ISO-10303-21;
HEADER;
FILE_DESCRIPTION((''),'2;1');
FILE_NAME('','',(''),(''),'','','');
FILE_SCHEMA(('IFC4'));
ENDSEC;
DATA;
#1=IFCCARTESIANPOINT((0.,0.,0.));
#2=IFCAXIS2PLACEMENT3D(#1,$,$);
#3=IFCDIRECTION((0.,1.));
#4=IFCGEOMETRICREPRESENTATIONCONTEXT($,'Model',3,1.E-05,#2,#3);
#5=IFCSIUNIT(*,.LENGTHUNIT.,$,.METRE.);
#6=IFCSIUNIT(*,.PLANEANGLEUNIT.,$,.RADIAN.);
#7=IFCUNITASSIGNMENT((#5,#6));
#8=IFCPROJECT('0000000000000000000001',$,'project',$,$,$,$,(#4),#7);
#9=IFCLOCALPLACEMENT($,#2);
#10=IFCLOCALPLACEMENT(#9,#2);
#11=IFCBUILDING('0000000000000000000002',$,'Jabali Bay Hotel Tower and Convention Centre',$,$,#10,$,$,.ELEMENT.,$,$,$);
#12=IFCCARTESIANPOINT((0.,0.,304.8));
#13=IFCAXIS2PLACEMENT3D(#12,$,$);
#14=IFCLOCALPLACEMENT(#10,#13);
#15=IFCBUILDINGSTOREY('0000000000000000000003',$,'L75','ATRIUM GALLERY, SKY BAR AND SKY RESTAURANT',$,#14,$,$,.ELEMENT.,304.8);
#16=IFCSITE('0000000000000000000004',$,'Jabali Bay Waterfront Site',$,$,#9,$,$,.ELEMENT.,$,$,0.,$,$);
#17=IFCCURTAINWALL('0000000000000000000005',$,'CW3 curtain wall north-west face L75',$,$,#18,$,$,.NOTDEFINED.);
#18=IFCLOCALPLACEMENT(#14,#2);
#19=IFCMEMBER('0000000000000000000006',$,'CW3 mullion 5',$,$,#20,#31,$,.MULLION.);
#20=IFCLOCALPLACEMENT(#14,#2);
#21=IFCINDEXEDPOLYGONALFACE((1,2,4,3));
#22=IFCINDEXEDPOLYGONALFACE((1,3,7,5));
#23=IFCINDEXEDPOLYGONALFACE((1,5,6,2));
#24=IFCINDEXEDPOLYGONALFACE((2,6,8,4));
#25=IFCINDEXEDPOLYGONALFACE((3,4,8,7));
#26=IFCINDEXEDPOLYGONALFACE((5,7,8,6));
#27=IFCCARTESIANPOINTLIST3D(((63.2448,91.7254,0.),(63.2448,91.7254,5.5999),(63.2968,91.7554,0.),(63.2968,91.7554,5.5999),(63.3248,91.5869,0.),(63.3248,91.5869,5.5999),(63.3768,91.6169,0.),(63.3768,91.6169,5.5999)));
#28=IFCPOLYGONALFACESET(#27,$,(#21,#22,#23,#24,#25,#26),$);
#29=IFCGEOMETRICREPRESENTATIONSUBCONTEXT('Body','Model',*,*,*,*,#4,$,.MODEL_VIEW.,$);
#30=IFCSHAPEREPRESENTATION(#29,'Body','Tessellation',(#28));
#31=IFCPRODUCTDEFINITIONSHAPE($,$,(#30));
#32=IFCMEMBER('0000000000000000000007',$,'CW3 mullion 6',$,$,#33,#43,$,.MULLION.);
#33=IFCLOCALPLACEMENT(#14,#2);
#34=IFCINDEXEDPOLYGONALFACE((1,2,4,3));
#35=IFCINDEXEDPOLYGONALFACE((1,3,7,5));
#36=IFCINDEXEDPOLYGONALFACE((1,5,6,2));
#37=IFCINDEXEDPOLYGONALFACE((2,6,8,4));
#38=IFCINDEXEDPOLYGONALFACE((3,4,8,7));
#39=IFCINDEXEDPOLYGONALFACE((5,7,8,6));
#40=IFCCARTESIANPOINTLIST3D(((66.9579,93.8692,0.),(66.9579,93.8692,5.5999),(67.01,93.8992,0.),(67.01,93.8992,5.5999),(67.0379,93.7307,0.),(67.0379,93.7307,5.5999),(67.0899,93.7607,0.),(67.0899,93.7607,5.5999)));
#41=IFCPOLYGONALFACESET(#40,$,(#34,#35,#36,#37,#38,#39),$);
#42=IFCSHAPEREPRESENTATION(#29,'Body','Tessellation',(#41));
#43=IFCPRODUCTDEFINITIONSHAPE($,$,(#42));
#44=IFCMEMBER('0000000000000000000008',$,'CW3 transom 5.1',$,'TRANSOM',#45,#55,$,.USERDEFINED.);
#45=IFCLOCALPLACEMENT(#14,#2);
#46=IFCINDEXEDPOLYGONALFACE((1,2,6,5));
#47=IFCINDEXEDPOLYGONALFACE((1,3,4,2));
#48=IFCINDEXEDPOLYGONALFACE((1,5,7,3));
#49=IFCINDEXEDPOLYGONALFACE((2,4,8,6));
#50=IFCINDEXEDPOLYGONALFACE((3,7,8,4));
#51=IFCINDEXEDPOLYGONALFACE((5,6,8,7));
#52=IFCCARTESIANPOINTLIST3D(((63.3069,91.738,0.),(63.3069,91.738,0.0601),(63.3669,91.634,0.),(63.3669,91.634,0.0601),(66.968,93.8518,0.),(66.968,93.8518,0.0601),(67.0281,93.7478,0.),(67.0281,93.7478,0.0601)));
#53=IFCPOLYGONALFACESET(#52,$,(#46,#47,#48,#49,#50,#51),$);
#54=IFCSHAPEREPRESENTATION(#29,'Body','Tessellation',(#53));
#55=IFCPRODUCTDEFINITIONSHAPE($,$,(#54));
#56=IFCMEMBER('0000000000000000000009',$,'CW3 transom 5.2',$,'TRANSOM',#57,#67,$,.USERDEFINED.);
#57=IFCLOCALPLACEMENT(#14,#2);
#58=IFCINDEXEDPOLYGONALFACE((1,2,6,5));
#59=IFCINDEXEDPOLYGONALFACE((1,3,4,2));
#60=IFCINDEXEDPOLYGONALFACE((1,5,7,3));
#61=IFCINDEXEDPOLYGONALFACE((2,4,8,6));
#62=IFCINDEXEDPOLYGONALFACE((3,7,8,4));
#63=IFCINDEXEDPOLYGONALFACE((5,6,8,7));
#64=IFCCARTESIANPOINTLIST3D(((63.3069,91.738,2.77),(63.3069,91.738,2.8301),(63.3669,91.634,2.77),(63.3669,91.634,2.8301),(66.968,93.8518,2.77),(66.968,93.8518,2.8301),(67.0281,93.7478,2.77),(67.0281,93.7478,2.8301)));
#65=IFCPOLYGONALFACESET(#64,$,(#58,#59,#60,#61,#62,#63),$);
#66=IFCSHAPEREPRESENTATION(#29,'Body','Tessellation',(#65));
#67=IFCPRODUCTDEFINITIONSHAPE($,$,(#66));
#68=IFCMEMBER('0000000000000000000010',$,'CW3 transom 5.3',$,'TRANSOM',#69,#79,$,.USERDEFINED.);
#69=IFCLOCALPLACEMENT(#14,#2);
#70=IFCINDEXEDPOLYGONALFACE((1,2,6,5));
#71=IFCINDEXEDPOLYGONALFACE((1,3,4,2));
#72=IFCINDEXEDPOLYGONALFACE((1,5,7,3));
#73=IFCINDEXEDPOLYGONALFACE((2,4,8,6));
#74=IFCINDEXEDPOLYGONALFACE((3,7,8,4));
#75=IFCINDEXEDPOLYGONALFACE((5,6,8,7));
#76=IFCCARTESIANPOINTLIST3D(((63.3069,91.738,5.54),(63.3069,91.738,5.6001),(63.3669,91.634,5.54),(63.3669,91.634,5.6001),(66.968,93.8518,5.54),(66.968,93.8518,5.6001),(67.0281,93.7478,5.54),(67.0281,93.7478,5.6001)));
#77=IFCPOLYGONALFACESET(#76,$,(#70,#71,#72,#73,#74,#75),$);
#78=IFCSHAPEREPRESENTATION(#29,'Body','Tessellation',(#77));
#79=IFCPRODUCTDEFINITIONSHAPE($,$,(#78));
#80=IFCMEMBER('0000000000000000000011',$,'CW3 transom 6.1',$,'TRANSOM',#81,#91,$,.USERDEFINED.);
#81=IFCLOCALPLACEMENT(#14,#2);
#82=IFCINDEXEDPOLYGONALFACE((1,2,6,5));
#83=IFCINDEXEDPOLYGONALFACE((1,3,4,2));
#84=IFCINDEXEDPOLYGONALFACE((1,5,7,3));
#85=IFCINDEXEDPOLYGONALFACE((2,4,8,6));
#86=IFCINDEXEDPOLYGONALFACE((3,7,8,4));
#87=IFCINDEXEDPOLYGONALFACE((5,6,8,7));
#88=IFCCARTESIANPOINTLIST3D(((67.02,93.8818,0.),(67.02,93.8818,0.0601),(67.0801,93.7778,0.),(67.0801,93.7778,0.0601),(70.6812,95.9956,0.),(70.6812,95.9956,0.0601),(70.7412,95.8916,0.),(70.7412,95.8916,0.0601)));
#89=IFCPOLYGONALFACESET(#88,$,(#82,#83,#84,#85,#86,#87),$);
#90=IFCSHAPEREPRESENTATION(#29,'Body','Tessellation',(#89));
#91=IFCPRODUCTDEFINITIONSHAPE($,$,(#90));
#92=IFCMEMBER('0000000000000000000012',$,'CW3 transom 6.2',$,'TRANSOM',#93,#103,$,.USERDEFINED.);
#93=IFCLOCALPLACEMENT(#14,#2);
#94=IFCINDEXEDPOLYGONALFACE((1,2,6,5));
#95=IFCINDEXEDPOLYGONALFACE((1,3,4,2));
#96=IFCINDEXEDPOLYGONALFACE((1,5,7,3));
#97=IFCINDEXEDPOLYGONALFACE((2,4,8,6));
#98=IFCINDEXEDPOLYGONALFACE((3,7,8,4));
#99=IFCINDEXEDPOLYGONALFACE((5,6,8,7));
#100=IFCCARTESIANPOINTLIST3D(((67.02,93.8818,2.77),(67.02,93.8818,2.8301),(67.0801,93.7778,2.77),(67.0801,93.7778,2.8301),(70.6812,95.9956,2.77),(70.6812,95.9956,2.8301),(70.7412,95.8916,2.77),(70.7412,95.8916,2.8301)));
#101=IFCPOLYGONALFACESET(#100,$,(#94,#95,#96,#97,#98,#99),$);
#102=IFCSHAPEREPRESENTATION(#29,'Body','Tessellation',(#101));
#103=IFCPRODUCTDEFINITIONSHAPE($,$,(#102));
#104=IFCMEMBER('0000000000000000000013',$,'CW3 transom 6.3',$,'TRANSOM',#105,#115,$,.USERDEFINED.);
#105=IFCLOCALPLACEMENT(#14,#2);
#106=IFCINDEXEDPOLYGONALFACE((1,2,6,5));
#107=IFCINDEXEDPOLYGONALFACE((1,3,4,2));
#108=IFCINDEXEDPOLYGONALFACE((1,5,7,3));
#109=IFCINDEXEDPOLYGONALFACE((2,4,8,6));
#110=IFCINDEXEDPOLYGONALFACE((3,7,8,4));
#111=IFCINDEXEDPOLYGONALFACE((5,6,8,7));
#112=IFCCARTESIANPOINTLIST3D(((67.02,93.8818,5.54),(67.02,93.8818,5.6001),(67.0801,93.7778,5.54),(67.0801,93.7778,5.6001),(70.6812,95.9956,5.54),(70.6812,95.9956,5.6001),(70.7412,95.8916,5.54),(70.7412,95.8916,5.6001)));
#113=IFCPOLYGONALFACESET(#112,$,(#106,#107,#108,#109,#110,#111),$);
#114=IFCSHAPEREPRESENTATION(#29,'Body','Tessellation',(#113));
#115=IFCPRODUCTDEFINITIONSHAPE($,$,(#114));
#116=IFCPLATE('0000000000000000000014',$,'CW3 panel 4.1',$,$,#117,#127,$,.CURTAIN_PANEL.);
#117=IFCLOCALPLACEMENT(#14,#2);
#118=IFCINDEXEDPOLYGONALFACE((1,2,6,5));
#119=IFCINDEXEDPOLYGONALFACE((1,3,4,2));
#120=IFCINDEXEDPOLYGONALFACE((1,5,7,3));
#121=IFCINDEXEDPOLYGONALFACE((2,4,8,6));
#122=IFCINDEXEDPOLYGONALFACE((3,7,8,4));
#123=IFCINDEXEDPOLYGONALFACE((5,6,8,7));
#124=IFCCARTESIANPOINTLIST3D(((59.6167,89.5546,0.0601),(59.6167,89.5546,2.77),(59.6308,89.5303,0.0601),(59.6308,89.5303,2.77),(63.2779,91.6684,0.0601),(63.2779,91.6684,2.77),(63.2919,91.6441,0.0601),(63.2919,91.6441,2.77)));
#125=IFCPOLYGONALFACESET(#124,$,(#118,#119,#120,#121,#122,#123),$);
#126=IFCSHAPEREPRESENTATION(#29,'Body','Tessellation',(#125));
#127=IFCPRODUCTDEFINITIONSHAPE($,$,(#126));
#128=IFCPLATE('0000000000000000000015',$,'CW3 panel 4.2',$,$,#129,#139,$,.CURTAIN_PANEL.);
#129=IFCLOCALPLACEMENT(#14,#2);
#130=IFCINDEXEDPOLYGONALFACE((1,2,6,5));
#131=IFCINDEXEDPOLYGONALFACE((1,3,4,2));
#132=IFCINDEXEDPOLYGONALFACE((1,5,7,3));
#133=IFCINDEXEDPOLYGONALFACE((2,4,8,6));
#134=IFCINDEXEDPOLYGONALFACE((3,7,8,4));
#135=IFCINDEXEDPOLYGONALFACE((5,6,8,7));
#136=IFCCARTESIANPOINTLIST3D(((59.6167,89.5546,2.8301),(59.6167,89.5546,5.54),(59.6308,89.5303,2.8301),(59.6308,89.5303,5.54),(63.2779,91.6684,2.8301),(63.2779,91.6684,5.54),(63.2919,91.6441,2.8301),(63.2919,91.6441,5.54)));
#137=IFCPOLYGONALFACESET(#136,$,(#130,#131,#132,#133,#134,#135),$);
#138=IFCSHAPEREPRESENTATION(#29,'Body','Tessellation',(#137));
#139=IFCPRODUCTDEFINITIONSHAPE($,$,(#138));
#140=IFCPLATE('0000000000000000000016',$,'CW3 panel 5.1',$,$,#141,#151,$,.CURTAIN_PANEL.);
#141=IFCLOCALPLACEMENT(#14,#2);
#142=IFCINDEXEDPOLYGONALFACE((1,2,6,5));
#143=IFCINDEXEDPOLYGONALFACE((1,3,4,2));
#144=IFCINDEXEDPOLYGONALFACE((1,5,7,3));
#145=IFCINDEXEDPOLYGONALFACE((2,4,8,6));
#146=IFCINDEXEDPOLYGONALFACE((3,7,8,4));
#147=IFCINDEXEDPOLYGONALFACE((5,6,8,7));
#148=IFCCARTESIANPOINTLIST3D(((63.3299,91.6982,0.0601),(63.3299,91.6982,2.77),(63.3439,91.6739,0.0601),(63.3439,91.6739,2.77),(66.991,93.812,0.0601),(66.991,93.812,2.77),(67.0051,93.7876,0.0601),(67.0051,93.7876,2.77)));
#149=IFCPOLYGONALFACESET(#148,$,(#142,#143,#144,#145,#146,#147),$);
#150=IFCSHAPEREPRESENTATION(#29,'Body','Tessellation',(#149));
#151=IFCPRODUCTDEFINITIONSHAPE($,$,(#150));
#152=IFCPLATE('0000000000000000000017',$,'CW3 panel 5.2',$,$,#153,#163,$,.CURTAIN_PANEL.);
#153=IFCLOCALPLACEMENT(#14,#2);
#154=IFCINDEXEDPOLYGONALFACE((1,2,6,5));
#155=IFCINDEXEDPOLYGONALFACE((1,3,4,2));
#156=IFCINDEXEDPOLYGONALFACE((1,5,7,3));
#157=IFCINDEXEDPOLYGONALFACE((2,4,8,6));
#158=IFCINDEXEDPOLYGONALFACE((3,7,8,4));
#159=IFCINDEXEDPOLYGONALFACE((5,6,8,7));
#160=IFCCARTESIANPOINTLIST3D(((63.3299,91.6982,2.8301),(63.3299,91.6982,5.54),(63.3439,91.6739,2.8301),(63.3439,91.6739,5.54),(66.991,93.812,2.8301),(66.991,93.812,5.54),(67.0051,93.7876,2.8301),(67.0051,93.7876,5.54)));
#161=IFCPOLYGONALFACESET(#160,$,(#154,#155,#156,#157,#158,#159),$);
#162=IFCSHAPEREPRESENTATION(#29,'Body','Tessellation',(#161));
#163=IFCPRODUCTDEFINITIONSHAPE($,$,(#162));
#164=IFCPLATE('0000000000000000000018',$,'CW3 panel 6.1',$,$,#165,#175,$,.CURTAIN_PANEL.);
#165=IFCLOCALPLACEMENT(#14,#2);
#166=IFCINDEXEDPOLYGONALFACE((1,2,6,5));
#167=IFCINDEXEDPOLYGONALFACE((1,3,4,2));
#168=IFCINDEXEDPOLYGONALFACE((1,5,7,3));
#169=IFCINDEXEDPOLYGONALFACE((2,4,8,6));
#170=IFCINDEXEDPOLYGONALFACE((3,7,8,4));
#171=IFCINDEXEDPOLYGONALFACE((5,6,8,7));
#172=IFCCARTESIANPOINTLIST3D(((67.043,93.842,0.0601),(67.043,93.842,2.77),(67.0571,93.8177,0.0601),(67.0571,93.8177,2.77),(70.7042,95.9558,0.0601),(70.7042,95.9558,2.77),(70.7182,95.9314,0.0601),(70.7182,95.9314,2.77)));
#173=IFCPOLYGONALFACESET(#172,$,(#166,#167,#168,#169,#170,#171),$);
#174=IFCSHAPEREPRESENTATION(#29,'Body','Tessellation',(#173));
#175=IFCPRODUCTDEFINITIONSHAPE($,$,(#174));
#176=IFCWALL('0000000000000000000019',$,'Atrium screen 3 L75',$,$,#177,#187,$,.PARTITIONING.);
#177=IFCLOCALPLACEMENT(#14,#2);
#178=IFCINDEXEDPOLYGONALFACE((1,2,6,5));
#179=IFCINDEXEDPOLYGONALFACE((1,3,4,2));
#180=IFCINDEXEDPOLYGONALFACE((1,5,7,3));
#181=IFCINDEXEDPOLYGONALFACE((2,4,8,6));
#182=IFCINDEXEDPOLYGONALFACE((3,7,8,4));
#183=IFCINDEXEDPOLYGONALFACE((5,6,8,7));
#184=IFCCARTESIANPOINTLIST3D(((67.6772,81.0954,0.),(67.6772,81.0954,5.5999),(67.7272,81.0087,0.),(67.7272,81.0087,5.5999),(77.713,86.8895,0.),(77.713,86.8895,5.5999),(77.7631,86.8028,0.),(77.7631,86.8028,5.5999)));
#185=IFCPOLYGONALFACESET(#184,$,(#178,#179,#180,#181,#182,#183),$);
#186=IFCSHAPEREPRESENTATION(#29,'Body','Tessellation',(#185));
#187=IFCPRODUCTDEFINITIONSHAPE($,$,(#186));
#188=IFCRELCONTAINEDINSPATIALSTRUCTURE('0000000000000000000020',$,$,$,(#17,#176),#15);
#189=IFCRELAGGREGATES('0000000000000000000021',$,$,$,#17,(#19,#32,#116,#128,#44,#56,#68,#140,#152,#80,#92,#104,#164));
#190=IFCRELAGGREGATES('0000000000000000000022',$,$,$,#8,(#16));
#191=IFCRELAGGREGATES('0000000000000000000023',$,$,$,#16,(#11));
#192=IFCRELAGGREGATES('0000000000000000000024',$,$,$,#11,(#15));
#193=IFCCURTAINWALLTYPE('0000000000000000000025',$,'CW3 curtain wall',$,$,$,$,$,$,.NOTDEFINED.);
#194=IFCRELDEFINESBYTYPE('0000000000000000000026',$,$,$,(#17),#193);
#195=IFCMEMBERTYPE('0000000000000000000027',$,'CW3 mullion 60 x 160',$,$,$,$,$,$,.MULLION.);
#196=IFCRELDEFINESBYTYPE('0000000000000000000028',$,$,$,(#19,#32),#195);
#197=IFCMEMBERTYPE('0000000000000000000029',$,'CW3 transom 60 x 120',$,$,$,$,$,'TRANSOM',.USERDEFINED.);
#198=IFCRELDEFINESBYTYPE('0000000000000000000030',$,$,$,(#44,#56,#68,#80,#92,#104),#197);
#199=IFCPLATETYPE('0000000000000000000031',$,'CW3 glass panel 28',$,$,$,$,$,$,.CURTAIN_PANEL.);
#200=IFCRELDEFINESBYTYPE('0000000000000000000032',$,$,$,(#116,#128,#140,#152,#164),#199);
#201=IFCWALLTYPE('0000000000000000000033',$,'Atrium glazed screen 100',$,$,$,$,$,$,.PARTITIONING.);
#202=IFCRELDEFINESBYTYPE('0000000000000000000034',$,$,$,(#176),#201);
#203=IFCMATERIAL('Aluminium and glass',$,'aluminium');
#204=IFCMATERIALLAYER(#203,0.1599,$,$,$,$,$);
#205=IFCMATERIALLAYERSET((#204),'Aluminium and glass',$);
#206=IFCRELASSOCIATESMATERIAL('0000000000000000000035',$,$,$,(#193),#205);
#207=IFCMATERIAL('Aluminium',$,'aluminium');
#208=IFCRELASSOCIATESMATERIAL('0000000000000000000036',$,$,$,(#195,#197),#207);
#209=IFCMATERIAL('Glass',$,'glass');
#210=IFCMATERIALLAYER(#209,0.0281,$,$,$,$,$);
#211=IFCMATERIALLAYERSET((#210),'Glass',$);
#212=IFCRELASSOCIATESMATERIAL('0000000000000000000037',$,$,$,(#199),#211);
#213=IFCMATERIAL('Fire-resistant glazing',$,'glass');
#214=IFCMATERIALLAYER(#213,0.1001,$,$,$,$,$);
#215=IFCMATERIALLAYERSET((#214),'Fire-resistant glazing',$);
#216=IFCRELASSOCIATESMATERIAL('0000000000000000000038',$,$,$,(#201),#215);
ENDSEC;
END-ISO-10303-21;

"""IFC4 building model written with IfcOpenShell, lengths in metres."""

from ifc_helpers import new_model, si_unit, direction, frame, frame_2d, origin, origin_2d, place, context, subcontext, project, spatial, rectangle, extrude, material, layer, layer_set, material_profile, profile_set, type_object, element, aggregate, save


model = new_model("IFC4")

# Units and contexts
model_context = context("Model", 3, precision=1e-05, world=origin(), true_north=direction((0.0, 1.0)))
body_context = subcontext(model_context, "Body", "Model", "MODEL_VIEW")
ifc_project = project(units=[si_unit("LENGTHUNIT", "METRE"), si_unit("PLANEANGLEUNIT", "RADIAN")], contexts=[model_context])

# Site, building, storey
site_placement = place(None, origin())
site = spatial("IfcSite", under=ifc_project, at=site_placement, Name="Jabali Bay Waterfront Site", CompositionType="ELEMENT", RefElevation=0.0)
building_placement = place(site_placement, origin())
building = spatial("IfcBuilding", under=site, at=building_placement, Name="Jabali Bay Hotel Tower and Convention Centre", CompositionType="ELEMENT")
storey_placement = place(building_placement, frame((0.0, 0.0, 304.8)))
storey = spatial("IfcBuildingStorey", under=building, at=storey_placement, Name="L75", Description="ATRIUM GALLERY, SKY BAR AND SKY RESTAURANT", CompositionType="ELEMENT", Elevation=304.8)

# Curtain wall, members, plates
ifc_material_1 = material(Name="Aluminium and glass", Category="aluminium")
ifc_layer_1 = layer(ifc_material_1, 0.1599)
ifc_layer_set_1 = layer_set([ifc_layer_1], Name="Aluminium and glass")
curtain_wall_type = type_object("IfcCurtainWallType", Name="CW3 curtain wall", PredefinedType="NOTDEFINED", material=ifc_layer_set_1)
curtain_wall_placement = place(storey_placement, origin())
curtain_wall = element("IfcCurtainWall", 1, at=curtain_wall_placement, inside=storey, type_object=curtain_wall_type, Name="CW3 curtain wall north-west face L75", PredefinedType="NOTDEFINED")
ifc_material_2 = material(Name="Aluminium", Category="aluminium")
ifc_material_profile_1 = material_profile(ifc_material_2, rectangle(XDim=0.1599, YDim=0.0601, at=origin_2d()), Name="CW3 mullion 60 x 160")
ifc_profile_set_1 = profile_set([ifc_material_profile_1], Name="Aluminium")
member_type_1 = type_object("IfcMemberType", Name="CW3 mullion 60 x 160", PredefinedType="MULLION", material=ifc_profile_set_1)
member_1_placement = place(storey_placement, frame((63.3108, 91.6711, 0.0), z_axis=(0.0, 0.0, 1.0), x_axis=(-0.5, 0.866025, 0.0)))
member_1 = element("IfcMember", 2, at=member_1_placement, type_object=member_type_1, Name="CW3 mullion 5", PredefinedType="MULLION", context=body_context, shape_type="SweptSolid", body=[
    extrude(rectangle(XDim=0.1599, YDim=0.0601, at=origin_2d()), origin(), (0.0, 0.0, 1.0), 5.5999),
])
member_2_placement = place(storey_placement, frame((67.0239, 93.8149, 0.0), z_axis=(0.0, 0.0, 1.0), x_axis=(-0.5, 0.866025, 0.0)))
member_2 = element("IfcMember", 3, at=member_2_placement, type_object=member_type_1, Name="CW3 mullion 6", PredefinedType="MULLION", context=body_context, shape_type="SweptSolid", body=[
    extrude(rectangle(XDim=0.1599, YDim=0.0601, at=origin_2d()), origin(), (0.0, 0.0, 1.0), 5.5999),
])
ifc_material_profile_2 = material_profile(ifc_material_2, rectangle(XDim=0.1201, YDim=0.0601, at=origin_2d()), Name="CW3 transom 60 x 120")
ifc_profile_set_2 = profile_set([ifc_material_profile_2], Name="Aluminium")
member_type_2 = type_object("IfcMemberType", Name="CW3 transom 60 x 120", ElementType="TRANSOM", PredefinedType="USERDEFINED", material=ifc_profile_set_2)
member_3_placement = place(storey_placement, frame((63.3369, 91.686, 0.03), z_axis=(0.866024, 0.500002, 0.0), x_axis=(-0.500002, 0.866024, 0.0)))
member_3 = element("IfcMember", 4, at=member_3_placement, type_object=member_type_2, Name="CW3 transom 5.1", ObjectType="TRANSOM", PredefinedType="USERDEFINED", context=body_context, shape_type="SweptSolid", body=[
    extrude(rectangle(XDim=0.1201, YDim=0.0601, at=origin_2d()), origin(), (0.0, 0.0, 1.0), 4.2275),
])
member_4_placement = place(storey_placement, frame((63.3369, 91.686, 2.8), z_axis=(0.866024, 0.500002, 0.0), x_axis=(-0.500002, 0.866024, 0.0)))
member_4 = element("IfcMember", 5, at=member_4_placement, type_object=member_type_2, Name="CW3 transom 5.2", ObjectType="TRANSOM", PredefinedType="USERDEFINED", context=body_context, shape_type="SweptSolid", body=[
    extrude(rectangle(XDim=0.1201, YDim=0.0601, at=origin_2d()), origin(), (0.0, 0.0, 1.0), 4.2275),
])
member_5_placement = place(storey_placement, frame((63.3369, 91.686, 5.5701), z_axis=(0.866024, 0.500002, 0.0), x_axis=(-0.500002, 0.866024, 0.0)))
member_5 = element("IfcMember", 6, at=member_5_placement, type_object=member_type_2, Name="CW3 transom 5.3", ObjectType="TRANSOM", PredefinedType="USERDEFINED", context=body_context, shape_type="SweptSolid", body=[
    extrude(rectangle(XDim=0.1201, YDim=0.0601, at=origin_2d()), origin(), (0.0, 0.0, 1.0), 4.2275),
])
member_6_placement = place(storey_placement, frame((67.05, 93.8298, 0.03), z_axis=(0.866024, 0.500002, 0.0), x_axis=(-0.500002, 0.866024, 0.0)))
member_6 = element("IfcMember", 7, at=member_6_placement, type_object=member_type_2, Name="CW3 transom 6.1", ObjectType="TRANSOM", PredefinedType="USERDEFINED", context=body_context, shape_type="SweptSolid", body=[
    extrude(rectangle(XDim=0.1201, YDim=0.0601, at=origin_2d()), origin(), (0.0, 0.0, 1.0), 4.2275),
])
member_7_placement = place(storey_placement, frame((67.05, 93.8298, 2.8), z_axis=(0.866024, 0.500002, 0.0), x_axis=(-0.500002, 0.866024, 0.0)))
member_7 = element("IfcMember", 8, at=member_7_placement, type_object=member_type_2, Name="CW3 transom 6.2", ObjectType="TRANSOM", PredefinedType="USERDEFINED", context=body_context, shape_type="SweptSolid", body=[
    extrude(rectangle(XDim=0.1201, YDim=0.0601, at=origin_2d()), origin(), (0.0, 0.0, 1.0), 4.2275),
])
member_8_placement = place(storey_placement, frame((67.05, 93.8298, 5.5701), z_axis=(0.866024, 0.500002, 0.0), x_axis=(-0.500002, 0.866024, 0.0)))
member_8 = element("IfcMember", 9, at=member_8_placement, type_object=member_type_2, Name="CW3 transom 6.3", ObjectType="TRANSOM", PredefinedType="USERDEFINED", context=body_context, shape_type="SweptSolid", body=[
    extrude(rectangle(XDim=0.1201, YDim=0.0601, at=origin_2d()), origin(), (0.0, 0.0, 1.0), 4.2275),
])
ifc_material_3 = material(Name="Glass", Category="glass")
ifc_layer_2 = layer(ifc_material_3, 0.0281)
ifc_layer_set_2 = layer_set([ifc_layer_2], Name="Glass")
plate_type = type_object("IfcPlateType", Name="CW3 glass panel 28", PredefinedType="CURTAIN_PANEL", material=ifc_layer_set_2)
plate_1_placement = place(storey_placement, frame((61.4543, 90.5994, 0.0601), z_axis=(0.0, 0.0, 1.0), x_axis=(0.866025, 0.5, 0.0)))
plate_1 = element("IfcPlate", 10, at=plate_1_placement, type_object=plate_type, Name="CW3 panel 4.1", PredefinedType="CURTAIN_PANEL", context=body_context, shape_type="SweptSolid", body=[
    extrude(rectangle(XDim=4.2275, YDim=0.0281, at=origin_2d()), origin(), (0.0, 0.0, 1.0), 2.71),
])
plate_2_placement = place(storey_placement, frame((61.4543, 90.5994, 2.8301), z_axis=(0.0, 0.0, 1.0), x_axis=(0.866025, 0.5, 0.0)))
plate_2 = element("IfcPlate", 11, at=plate_2_placement, type_object=plate_type, Name="CW3 panel 4.2", PredefinedType="CURTAIN_PANEL", context=body_context, shape_type="SweptSolid", body=[
    extrude(rectangle(XDim=4.2275, YDim=0.0281, at=origin_2d()), origin(), (0.0, 0.0, 1.0), 2.71),
])
plate_3_placement = place(storey_placement, frame((65.1675, 92.7429, 0.0601), z_axis=(0.0, 0.0, 1.0), x_axis=(0.866025, 0.5, 0.0)))
plate_3 = element("IfcPlate", 12, at=plate_3_placement, type_object=plate_type, Name="CW3 panel 5.1", PredefinedType="CURTAIN_PANEL", context=body_context, shape_type="SweptSolid", body=[
    extrude(rectangle(XDim=4.2275, YDim=0.0281, at=origin_2d()), origin(), (0.0, 0.0, 1.0), 2.71),
])
plate_4_placement = place(storey_placement, frame((65.1675, 92.7429, 2.8301), z_axis=(0.0, 0.0, 1.0), x_axis=(0.866025, 0.5, 0.0)))
plate_4 = element("IfcPlate", 13, at=plate_4_placement, type_object=plate_type, Name="CW3 panel 5.2", PredefinedType="CURTAIN_PANEL", context=body_context, shape_type="SweptSolid", body=[
    extrude(rectangle(XDim=4.2275, YDim=0.0281, at=origin_2d()), origin(), (0.0, 0.0, 1.0), 2.71),
])
plate_5_placement = place(storey_placement, frame((68.8806, 94.8867, 0.0601), z_axis=(0.0, 0.0, 1.0), x_axis=(0.866025, 0.5, 0.0)))
plate_5 = element("IfcPlate", 14, at=plate_5_placement, type_object=plate_type, Name="CW3 panel 6.1", PredefinedType="CURTAIN_PANEL", context=body_context, shape_type="SweptSolid", body=[
    extrude(rectangle(XDim=4.2275, YDim=0.0281, at=origin_2d()), origin(), (0.0, 0.0, 1.0), 2.71),
])
aggregate(curtain_wall, [member_1, member_2, plate_1, plate_2, member_3, member_4, member_5, plate_3, plate_4, member_6, member_7, member_8, plate_5])

# Wall
ifc_material_4 = material(Name="Fire-resistant glazing", Category="glass")
ifc_layer_3 = layer(ifc_material_4, 0.1001)
ifc_layer_set_3 = layer_set([ifc_layer_3], Name="Fire-resistant glazing")
wall_type_1 = type_object("IfcWallType", Name="Atrium glazed screen 100", PredefinedType="PARTITIONING", material=ifc_layer_set_3)
wall_1_placement = place(storey_placement, frame((77.738, 86.8462, 0.0), z_axis=(0.0, 0.0, 1.0), x_axis=(-0.866027, -0.499998, 0.0)))
element("IfcWall", 15, at=wall_1_placement, inside=storey, type_object=wall_type_1, Name="Atrium screen 3 L75", PredefinedType="PARTITIONING", context=body_context, shape_type="SweptSolid", body=[
    extrude(rectangle(XDim=11.5884, YDim=0.1001, at=frame_2d((5.7942, 0.0))), origin(), (0.0, 0.0, 1.0), 5.5999),
])

save(model, "model.ifc")
